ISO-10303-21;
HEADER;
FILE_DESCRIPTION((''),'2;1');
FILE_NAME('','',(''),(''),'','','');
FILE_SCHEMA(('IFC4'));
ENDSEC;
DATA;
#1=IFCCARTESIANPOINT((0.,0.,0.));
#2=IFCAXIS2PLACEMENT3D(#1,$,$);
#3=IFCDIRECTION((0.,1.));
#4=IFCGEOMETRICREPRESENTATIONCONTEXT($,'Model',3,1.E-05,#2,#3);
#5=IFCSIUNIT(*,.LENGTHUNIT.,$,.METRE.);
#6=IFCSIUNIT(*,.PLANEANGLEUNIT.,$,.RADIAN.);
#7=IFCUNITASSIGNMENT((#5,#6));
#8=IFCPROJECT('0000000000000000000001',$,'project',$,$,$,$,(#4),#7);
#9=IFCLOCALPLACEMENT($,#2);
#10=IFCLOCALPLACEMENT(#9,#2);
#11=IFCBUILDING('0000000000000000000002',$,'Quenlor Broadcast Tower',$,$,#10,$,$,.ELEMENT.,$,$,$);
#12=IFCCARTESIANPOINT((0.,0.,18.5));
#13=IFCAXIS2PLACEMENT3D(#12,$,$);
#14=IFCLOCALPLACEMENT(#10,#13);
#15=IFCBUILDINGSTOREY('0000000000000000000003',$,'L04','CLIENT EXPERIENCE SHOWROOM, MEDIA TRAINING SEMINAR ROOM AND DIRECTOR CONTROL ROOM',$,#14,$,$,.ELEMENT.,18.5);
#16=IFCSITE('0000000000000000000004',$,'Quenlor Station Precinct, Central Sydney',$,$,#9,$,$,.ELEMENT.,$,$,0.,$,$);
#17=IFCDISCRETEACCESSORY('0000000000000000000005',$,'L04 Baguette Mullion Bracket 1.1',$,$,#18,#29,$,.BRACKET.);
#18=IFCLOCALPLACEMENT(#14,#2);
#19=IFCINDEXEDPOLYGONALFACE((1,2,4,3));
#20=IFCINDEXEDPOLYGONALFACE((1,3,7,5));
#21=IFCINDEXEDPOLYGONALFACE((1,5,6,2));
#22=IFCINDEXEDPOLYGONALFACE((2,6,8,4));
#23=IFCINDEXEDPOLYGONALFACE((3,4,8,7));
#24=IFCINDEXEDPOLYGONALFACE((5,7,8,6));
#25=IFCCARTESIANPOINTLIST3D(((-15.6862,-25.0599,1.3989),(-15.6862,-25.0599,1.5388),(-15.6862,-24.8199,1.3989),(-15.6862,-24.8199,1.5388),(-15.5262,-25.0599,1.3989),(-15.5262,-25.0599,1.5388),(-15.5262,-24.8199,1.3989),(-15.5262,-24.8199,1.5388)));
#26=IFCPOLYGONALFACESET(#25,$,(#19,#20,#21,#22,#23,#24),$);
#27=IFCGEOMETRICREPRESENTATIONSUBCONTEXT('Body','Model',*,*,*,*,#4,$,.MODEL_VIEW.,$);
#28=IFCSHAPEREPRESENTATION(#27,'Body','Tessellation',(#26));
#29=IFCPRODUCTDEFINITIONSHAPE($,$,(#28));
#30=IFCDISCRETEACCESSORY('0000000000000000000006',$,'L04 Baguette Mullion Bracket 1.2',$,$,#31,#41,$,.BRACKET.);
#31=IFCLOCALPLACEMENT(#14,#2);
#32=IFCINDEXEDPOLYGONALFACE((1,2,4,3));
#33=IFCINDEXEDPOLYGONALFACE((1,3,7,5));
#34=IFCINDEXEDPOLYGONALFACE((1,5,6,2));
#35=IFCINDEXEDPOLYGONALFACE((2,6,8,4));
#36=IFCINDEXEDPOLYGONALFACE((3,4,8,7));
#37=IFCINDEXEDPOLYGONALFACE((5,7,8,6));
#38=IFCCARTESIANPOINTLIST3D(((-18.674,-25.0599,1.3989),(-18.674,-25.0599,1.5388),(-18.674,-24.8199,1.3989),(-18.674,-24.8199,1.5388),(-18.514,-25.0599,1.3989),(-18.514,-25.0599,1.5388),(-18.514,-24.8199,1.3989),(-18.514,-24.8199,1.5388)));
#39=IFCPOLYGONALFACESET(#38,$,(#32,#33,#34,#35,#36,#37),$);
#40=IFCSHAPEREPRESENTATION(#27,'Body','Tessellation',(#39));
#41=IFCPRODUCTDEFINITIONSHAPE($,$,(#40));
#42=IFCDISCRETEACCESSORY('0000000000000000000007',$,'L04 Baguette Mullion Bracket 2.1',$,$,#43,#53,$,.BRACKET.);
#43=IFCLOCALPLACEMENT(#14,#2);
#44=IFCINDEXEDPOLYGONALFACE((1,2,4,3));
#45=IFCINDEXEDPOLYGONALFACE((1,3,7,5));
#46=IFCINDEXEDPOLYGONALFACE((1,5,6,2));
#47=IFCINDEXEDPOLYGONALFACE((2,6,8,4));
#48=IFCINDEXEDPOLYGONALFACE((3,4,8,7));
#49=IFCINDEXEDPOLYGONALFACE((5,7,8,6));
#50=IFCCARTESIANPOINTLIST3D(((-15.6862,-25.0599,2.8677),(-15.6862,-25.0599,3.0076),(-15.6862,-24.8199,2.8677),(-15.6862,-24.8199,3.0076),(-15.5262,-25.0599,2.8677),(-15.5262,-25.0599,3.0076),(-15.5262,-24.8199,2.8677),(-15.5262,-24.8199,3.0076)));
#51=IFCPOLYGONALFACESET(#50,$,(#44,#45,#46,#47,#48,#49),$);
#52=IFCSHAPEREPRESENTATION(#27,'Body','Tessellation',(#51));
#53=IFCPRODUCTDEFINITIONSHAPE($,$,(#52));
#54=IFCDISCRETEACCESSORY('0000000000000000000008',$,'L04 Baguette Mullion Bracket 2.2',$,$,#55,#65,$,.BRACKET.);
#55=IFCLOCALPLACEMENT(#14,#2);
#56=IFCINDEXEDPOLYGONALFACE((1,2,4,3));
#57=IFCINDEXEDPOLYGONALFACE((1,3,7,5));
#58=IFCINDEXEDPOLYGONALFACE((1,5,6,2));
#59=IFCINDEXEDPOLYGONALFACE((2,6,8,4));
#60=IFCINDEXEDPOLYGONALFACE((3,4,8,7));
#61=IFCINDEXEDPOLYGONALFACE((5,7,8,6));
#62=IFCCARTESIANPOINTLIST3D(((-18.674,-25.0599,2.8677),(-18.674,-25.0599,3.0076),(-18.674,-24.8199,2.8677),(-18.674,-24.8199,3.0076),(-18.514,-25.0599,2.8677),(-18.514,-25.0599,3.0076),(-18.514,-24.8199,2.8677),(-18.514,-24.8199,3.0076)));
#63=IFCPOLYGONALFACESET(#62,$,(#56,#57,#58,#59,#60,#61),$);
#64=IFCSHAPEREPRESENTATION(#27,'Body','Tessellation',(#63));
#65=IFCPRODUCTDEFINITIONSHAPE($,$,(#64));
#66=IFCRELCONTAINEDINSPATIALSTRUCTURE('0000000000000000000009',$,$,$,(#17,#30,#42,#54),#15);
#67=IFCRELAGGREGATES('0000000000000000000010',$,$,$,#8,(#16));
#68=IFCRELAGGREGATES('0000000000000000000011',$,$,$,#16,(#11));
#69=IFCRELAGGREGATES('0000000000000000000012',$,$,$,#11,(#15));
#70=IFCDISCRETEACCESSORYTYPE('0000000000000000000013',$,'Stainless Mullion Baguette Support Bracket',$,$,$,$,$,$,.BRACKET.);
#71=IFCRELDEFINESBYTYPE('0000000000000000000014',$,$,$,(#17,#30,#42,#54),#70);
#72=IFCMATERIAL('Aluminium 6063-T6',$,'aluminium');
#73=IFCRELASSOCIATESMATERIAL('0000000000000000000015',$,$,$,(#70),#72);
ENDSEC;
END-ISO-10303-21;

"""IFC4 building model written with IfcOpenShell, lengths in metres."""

from ifc_helpers import new_model, si_unit, direction, frame, origin, origin_2d, place, context, subcontext, project, spatial, rectangle, extrude, material, type_object, element, save


model = new_model("IFC4")

# Units and contexts
model_context = context("Model", 3, precision=1e-05, world=origin(), true_north=direction((0.0, 1.0)))
body_context = subcontext(model_context, "Body", "Model", "MODEL_VIEW")
ifc_project = project(units=[si_unit("LENGTHUNIT", "METRE"), si_unit("PLANEANGLEUNIT", "RADIAN")], contexts=[model_context])

# Site, building, storey
site_placement = place(None, origin())
site = spatial("IfcSite", under=ifc_project, at=site_placement, Name="Quenlor Station Precinct, Central Sydney", CompositionType="ELEMENT", RefElevation=0.0)
building_placement = place(site_placement, origin())
building = spatial("IfcBuilding", under=site, at=building_placement, Name="Quenlor Broadcast Tower", CompositionType="ELEMENT")
storey_placement = place(building_placement, frame((0.0, 0.0, 18.5)))
storey = spatial("IfcBuildingStorey", under=building, at=storey_placement, Name="L04", Description="CLIENT EXPERIENCE SHOWROOM, MEDIA TRAINING SEMINAR ROOM AND DIRECTOR CONTROL ROOM", CompositionType="ELEMENT", Elevation=18.5)

# Discrete accessories
ifc_material_1 = material(Name="Aluminium 6063-T6", Category="aluminium")
discrete_accessory_type = type_object("IfcDiscreteAccessoryType", Name="Stainless Mullion Baguette Support Bracket", PredefinedType="BRACKET", material=ifc_material_1)
for number, where, z_axis, x_axis, name in (
    (1, (-15.6062, -24.9399, 1.3989), (0.0, 0.0, 1.0), (-1.0, 0.0, 0.0), "L04 Baguette Mullion Bracket 1.1"),
    (2, (-18.594, -24.9399, 1.3989), (0.0, 0.0, 1.0), (-1.0, 0.0, 0.0), "L04 Baguette Mullion Bracket 1.2"),
    (3, (-15.6062, -24.9399, 2.8677), (0.0, 0.0, 1.0), (-1.0, 0.0, 0.0), "L04 Baguette Mullion Bracket 2.1"),
    (4, (-18.594, -24.9399, 2.8677), (0.0, 0.0, 1.0), (-1.0, 0.0, 0.0), "L04 Baguette Mullion Bracket 2.2"),
):
    element("IfcDiscreteAccessory", number, at=place(storey_placement, frame(where, z_axis=z_axis, x_axis=x_axis)), inside=storey, type_object=discrete_accessory_type, Name=name, PredefinedType="BRACKET", context=body_context, shape_type="SweptSolid", body=[
        extrude(rectangle(XDim=0.1599, YDim=0.24, at=origin_2d()), origin(), (0.0, 0.0, 1.0), 0.1399),
    ])

save(model, "model.ifc")
